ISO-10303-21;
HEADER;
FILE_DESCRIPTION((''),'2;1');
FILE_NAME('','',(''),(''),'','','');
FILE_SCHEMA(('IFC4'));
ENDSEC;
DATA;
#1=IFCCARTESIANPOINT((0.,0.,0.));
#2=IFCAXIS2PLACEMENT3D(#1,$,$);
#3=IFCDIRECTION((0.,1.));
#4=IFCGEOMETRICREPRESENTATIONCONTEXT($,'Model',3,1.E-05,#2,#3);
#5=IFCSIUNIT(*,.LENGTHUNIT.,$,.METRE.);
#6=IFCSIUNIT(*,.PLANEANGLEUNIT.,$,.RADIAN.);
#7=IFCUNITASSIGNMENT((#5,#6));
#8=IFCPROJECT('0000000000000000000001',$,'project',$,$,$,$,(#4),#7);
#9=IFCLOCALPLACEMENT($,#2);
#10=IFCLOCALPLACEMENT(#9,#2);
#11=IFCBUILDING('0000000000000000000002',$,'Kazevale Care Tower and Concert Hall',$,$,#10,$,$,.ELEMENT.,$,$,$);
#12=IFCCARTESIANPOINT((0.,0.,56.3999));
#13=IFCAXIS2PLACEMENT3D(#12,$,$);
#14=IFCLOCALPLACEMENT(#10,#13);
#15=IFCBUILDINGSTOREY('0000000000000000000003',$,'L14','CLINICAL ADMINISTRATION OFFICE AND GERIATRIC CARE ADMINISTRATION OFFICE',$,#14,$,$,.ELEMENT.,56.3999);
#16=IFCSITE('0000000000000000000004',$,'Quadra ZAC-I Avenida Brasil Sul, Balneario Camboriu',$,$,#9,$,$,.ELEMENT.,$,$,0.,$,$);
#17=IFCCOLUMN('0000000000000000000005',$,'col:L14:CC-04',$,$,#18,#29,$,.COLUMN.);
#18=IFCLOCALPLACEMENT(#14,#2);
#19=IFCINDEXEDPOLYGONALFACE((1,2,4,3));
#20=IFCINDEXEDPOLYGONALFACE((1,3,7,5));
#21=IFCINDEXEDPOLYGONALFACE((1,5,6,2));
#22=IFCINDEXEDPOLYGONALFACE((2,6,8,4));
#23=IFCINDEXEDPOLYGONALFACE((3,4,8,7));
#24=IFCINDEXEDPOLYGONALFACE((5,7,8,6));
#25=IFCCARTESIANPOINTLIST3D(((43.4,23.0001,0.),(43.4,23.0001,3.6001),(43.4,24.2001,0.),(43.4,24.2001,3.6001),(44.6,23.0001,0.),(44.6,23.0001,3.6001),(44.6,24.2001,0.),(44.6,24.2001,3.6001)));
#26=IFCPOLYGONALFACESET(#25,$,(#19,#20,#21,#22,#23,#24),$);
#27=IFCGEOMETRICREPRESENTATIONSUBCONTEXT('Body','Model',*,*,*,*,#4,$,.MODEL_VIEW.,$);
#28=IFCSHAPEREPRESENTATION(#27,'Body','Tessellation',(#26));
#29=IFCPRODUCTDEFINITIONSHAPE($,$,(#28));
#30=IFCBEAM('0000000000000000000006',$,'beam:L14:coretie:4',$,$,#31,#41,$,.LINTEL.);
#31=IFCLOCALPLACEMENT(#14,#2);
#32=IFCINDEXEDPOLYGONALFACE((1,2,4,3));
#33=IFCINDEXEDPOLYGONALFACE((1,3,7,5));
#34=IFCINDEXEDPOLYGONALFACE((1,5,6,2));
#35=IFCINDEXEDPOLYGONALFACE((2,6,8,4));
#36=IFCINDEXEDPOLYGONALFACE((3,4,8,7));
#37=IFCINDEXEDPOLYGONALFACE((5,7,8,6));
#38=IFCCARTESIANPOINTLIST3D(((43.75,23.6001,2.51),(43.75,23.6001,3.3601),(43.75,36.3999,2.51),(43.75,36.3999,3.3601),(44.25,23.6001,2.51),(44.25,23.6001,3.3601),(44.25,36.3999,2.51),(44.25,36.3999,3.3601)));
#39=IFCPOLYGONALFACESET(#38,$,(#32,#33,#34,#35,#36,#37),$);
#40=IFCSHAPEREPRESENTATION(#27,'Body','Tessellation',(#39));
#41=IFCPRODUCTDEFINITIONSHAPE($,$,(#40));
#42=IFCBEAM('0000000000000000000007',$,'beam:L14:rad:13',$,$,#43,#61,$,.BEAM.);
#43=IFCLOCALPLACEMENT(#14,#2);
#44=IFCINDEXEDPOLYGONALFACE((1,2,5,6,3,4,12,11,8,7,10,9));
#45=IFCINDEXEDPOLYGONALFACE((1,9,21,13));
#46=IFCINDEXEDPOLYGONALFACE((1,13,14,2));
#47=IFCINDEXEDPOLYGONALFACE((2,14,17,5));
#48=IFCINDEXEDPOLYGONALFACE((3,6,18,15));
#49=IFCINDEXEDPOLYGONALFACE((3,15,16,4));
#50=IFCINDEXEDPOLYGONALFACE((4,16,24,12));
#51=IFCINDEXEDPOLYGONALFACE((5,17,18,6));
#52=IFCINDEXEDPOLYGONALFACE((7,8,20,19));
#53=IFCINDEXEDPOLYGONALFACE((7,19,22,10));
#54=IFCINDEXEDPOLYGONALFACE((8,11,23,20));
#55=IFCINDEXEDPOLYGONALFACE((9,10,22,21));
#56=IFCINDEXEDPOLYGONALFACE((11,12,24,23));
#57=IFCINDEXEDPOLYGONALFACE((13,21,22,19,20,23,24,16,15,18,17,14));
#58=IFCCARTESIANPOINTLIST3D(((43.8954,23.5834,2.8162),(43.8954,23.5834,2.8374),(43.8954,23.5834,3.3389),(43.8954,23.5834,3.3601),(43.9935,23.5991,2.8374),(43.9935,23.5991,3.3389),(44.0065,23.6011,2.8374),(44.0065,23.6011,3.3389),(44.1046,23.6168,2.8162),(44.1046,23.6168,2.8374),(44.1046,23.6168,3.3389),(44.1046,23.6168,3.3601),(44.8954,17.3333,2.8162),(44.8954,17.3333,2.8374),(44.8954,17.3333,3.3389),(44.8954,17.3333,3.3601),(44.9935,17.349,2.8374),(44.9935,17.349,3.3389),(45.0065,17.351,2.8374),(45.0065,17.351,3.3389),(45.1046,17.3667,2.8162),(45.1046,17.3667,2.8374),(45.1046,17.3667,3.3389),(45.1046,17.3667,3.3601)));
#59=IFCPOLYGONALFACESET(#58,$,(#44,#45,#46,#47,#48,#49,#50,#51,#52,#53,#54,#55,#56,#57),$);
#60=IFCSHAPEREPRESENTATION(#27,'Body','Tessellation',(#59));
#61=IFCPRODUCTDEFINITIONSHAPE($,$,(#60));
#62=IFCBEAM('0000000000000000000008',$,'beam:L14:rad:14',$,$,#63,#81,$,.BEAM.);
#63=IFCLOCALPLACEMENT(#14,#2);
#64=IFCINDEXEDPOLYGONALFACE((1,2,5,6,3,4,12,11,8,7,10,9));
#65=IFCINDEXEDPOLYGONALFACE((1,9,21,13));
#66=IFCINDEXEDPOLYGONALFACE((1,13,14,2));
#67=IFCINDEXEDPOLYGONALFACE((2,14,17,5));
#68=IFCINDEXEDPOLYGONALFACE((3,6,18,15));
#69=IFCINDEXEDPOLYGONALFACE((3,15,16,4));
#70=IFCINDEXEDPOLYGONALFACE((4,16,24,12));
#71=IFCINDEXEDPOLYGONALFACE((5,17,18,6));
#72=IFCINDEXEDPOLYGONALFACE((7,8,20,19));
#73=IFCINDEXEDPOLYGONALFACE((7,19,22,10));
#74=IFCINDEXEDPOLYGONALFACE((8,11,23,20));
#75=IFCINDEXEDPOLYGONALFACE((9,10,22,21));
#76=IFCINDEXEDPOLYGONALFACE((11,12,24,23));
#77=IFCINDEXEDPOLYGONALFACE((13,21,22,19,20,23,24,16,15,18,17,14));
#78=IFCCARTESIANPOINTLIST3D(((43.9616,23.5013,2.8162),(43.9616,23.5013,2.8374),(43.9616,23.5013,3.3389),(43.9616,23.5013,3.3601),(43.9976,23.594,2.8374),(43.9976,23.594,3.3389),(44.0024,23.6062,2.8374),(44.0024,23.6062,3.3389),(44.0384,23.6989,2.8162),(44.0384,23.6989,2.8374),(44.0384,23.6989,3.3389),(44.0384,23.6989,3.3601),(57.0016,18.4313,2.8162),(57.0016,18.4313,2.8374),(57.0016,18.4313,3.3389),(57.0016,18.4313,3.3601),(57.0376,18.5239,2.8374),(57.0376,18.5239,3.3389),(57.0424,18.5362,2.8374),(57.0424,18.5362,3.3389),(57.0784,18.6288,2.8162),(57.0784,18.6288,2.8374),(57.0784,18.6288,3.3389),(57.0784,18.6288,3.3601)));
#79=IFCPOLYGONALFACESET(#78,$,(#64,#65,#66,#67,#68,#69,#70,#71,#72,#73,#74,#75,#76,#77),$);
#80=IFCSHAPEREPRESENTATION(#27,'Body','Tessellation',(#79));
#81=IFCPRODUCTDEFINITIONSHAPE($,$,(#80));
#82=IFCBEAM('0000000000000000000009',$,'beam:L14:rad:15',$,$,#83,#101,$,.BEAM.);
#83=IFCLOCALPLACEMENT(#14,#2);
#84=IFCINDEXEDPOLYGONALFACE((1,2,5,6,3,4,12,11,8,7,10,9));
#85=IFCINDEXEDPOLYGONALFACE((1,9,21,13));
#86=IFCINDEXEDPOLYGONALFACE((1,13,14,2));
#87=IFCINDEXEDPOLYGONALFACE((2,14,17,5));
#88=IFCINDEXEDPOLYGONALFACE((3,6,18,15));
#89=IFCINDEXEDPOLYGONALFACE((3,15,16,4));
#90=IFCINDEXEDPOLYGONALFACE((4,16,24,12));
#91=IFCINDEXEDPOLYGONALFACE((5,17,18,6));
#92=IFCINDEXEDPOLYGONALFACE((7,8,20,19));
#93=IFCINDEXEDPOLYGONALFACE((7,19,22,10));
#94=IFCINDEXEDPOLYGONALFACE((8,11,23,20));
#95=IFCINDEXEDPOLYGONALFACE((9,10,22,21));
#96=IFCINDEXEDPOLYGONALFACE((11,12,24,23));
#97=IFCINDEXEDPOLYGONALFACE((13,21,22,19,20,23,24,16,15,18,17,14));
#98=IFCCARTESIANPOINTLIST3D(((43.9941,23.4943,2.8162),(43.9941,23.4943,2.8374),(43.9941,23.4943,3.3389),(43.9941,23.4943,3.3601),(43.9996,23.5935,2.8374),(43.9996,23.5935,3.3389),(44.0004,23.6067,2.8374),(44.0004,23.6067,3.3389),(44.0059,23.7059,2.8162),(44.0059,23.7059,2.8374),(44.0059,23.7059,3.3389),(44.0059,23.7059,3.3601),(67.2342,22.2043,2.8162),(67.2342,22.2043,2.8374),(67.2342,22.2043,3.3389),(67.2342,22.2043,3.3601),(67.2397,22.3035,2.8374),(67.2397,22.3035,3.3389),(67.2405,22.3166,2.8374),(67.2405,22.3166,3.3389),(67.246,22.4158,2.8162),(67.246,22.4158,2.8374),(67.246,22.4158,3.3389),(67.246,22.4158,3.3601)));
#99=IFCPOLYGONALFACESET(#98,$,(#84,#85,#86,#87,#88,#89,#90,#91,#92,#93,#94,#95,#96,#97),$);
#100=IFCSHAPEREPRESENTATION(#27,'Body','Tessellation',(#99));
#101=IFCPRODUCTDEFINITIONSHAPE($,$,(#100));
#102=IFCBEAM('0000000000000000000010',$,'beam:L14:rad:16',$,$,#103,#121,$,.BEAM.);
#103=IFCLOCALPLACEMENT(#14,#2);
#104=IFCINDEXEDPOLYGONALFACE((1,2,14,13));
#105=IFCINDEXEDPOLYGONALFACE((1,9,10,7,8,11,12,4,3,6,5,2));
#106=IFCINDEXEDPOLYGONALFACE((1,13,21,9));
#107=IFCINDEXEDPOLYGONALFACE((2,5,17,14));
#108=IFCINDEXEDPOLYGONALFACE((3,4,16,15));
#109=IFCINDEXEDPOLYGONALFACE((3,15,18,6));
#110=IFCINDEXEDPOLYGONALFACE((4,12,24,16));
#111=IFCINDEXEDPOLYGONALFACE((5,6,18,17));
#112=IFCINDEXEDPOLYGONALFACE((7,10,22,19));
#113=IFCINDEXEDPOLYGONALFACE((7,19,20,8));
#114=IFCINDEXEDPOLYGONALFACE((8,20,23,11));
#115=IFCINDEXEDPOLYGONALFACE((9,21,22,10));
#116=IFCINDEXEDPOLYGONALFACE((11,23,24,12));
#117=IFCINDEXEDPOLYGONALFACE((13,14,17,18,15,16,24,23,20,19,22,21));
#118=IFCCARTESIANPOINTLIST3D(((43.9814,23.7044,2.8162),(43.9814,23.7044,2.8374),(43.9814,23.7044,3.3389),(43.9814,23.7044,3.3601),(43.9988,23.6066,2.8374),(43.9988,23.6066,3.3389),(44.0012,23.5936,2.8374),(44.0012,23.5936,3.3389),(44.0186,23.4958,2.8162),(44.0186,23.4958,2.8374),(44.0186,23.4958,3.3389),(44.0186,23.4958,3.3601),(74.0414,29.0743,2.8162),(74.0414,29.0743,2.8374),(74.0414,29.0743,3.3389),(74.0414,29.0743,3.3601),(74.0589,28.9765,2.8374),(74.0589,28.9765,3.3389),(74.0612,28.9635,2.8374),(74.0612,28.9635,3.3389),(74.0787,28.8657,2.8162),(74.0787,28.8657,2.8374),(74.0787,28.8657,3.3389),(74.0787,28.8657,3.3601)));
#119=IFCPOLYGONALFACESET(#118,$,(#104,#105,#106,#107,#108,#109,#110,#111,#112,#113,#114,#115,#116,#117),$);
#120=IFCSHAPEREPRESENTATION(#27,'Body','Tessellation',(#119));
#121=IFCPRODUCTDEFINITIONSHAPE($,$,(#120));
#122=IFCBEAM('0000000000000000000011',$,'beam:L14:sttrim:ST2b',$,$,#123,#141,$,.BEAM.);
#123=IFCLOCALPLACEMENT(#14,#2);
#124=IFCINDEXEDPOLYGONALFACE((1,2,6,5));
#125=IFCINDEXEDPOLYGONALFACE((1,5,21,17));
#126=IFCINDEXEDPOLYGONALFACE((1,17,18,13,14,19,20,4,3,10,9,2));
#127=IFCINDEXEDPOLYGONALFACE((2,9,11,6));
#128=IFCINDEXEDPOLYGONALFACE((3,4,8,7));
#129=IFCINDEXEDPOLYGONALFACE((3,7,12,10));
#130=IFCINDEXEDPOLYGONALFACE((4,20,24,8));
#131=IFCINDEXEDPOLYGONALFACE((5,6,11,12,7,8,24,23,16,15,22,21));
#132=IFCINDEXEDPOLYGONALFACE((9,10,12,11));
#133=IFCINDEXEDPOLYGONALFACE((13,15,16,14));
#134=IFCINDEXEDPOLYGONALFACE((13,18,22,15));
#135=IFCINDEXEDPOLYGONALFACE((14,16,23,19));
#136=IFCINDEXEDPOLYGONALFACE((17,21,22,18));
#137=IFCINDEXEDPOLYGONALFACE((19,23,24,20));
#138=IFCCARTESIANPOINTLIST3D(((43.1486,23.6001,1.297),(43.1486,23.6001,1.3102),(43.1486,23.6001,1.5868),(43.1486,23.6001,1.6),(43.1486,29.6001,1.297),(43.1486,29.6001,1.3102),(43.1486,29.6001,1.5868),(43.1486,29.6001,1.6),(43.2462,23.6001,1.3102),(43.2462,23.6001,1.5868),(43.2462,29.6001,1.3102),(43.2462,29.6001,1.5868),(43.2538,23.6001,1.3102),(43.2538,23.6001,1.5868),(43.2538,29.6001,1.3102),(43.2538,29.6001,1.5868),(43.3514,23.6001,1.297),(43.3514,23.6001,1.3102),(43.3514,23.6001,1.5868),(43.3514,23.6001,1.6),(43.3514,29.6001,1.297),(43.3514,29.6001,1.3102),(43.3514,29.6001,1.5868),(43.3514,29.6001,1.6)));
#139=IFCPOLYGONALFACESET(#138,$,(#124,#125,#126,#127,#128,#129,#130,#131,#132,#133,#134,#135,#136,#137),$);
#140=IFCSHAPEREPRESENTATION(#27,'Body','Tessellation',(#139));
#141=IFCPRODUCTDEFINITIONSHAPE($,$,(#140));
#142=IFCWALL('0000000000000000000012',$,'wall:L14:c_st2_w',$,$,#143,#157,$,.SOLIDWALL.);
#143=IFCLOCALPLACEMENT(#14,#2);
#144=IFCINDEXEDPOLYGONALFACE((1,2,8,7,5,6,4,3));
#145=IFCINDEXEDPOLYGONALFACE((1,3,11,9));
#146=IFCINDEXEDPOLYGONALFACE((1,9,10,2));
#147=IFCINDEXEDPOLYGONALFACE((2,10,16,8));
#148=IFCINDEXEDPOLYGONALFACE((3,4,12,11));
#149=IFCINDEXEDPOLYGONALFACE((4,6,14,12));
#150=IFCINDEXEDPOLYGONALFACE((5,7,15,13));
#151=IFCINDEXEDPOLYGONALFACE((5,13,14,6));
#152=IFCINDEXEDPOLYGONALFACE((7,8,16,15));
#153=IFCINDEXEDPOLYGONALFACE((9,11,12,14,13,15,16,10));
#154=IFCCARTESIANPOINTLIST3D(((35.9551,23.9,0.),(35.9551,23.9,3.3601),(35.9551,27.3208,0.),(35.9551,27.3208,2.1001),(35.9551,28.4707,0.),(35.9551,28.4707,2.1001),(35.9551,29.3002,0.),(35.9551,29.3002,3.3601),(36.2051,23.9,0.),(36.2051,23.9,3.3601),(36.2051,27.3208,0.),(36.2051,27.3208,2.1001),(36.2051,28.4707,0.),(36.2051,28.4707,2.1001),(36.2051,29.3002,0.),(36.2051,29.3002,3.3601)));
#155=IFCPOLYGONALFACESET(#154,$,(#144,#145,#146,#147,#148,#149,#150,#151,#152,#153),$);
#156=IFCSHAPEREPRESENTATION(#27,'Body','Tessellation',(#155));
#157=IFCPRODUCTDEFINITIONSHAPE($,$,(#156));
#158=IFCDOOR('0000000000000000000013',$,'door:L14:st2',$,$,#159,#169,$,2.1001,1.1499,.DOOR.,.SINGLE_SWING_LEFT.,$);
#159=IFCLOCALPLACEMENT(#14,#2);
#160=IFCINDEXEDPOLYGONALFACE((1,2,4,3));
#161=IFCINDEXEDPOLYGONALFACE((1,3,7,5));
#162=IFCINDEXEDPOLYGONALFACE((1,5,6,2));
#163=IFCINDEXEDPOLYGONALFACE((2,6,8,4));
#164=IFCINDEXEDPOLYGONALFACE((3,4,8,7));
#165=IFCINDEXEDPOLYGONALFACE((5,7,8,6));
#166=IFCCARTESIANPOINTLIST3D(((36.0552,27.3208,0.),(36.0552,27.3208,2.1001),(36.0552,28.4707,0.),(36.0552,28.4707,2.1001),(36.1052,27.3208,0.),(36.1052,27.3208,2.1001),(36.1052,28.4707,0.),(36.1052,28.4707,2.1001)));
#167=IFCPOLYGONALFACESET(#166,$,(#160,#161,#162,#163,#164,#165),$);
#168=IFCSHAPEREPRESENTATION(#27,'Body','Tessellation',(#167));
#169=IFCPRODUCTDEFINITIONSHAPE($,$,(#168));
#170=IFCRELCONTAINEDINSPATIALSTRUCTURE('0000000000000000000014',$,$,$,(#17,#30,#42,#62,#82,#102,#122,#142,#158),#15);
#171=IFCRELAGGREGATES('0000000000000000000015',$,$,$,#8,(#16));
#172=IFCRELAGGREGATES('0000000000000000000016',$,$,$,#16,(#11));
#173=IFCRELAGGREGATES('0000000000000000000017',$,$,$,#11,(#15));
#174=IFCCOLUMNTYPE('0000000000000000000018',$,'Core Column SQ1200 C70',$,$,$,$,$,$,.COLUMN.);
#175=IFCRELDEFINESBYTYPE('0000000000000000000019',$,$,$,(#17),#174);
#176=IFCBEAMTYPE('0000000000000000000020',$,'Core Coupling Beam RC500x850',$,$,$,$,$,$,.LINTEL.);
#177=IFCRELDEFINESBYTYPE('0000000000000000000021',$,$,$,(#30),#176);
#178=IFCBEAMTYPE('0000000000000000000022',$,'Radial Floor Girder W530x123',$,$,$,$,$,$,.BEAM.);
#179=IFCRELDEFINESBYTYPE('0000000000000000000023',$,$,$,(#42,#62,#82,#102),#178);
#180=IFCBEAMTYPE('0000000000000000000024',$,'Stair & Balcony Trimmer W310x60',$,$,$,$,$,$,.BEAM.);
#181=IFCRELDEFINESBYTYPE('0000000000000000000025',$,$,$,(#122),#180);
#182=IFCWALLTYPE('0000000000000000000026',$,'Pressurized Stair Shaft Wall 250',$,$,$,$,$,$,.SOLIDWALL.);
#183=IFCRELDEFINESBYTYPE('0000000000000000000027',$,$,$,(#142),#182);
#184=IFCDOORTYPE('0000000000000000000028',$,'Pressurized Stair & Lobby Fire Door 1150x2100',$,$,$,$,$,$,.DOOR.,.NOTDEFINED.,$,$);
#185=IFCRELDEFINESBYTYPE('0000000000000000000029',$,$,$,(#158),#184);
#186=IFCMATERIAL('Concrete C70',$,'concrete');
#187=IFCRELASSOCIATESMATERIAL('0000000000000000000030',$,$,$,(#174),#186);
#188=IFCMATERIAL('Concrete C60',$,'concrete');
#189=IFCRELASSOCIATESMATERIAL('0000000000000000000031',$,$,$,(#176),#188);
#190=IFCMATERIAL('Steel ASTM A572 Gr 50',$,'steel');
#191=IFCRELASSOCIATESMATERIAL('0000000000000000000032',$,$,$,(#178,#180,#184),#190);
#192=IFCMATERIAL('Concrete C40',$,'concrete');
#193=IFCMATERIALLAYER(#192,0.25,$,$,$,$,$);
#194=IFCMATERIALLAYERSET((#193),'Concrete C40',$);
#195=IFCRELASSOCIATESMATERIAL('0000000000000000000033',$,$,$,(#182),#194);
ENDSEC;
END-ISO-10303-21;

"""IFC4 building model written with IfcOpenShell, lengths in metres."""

from ifc_helpers import new_model, si_unit, direction, frame, frame_2d, origin, origin_2d, place, context, subcontext, project, spatial, rectangle, i_section, extrude, material, layer, layer_set, material_profile, profile_set, type_object, element, fill, save


model = new_model("IFC4")

# Units and contexts
model_context = context("Model", 3, precision=1e-05, world=origin(), true_north=direction((0.0, 1.0)))
body_context = subcontext(model_context, "Body", "Model", "MODEL_VIEW")
ifc_project = project(units=[si_unit("LENGTHUNIT", "METRE"), si_unit("PLANEANGLEUNIT", "RADIAN")], contexts=[model_context])

# Site, building, storey
site_placement = place(None, origin())
site = spatial("IfcSite", under=ifc_project, at=site_placement, Name="Quadra ZAC-I Avenida Brasil Sul, Balneario Camboriu", CompositionType="ELEMENT", RefElevation=0.0)
building_placement = place(site_placement, origin())
building = spatial("IfcBuilding", under=site, at=building_placement, Name="Kazevale Care Tower and Concert Hall", CompositionType="ELEMENT")
storey_placement = place(building_placement, frame((0.0, 0.0, 56.3999)))
storey = spatial("IfcBuildingStorey", under=building, at=storey_placement, Name="L14", Description="CLINICAL ADMINISTRATION OFFICE AND GERIATRIC CARE ADMINISTRATION OFFICE", CompositionType="ELEMENT", Elevation=56.3999)

# Column
ifc_material_1 = material(Name="Concrete C70", Category="concrete")
ifc_material_profile_1 = material_profile(ifc_material_1, rectangle(XDim=1.2, YDim=1.2, at=origin_2d()), Name="RC-SQ1200")
ifc_profile_set_1 = profile_set([ifc_material_profile_1], Name="Concrete C70")
column_type = type_object("IfcColumnType", Name="Core Column SQ1200 C70", PredefinedType="COLUMN", material=ifc_profile_set_1)
column_placement = place(storey_placement, frame((44.0, 23.6001, 0.0), z_axis=(0.0, 0.0, 1.0), x_axis=(1.0, 0.0, 0.0)))
element("IfcColumn", 1, at=column_placement, inside=storey, type_object=column_type, Name="col:L14:CC-04", PredefinedType="COLUMN", context=body_context, shape_type="SweptSolid", body=[
    extrude(rectangle(XDim=1.2, YDim=1.2, at=origin_2d()), origin(), (0.0, 0.0, 1.0), 3.6001),
])

# Beams
ifc_material_2 = material(Name="Concrete C60", Category="concrete")
ifc_material_profile_2 = material_profile(ifc_material_2, rectangle(XDim=0.5, YDim=0.8501, at=origin_2d()), Name="RC-B500x850")
ifc_profile_set_2 = profile_set([ifc_material_profile_2], Name="Concrete C60")
beam_type_1 = type_object("IfcBeamType", Name="Core Coupling Beam RC500x850", PredefinedType="LINTEL", material=ifc_profile_set_2)
beam_1_placement = place(storey_placement, frame((44.0, 23.6001, 2.9351), z_axis=(0.0, 1.0, 0.0), x_axis=(-1.0, 0.0, 0.0)))
element("IfcBeam", 2, at=beam_1_placement, inside=storey, type_object=beam_type_1, Name="beam:L14:coretie:4", PredefinedType="LINTEL", context=body_context, shape_type="SweptSolid", body=[
    extrude(rectangle(XDim=0.5, YDim=0.8501, at=origin_2d()), origin(), (0.0, 0.0, 1.0), 12.7998),
])
ifc_material_3 = material(Name="Steel ASTM A572 Gr 50", Category="steel")
ifc_material_profile_3 = material_profile(ifc_material_3, i_section(OverallWidth=0.2119, OverallDepth=0.5439, WebThickness=0.0132, FlangeThickness=0.0212, at=origin_2d()), Name="W530x123")
ifc_profile_set_3 = profile_set([ifc_material_profile_3], Name="Steel ASTM A572 Gr 50")
beam_type_2 = type_object("IfcBeamType", Name="Radial Floor Girder W530x123", PredefinedType="BEAM", material=ifc_profile_set_3)
beam_2_placement = place(storey_placement, frame((44.0, 23.6001, 3.0881), z_axis=(0.157991, -0.987441, 0.0), x_axis=(0.987441, 0.157991, 0.0)))
element("IfcBeam", 3, at=beam_2_placement, inside=storey, type_object=beam_type_2, Name="beam:L14:rad:13", PredefinedType="BEAM", context=body_context, shape_type="SweptSolid", body=[
    extrude(i_section(OverallWidth=0.2119, OverallDepth=0.5439, WebThickness=0.0132, FlangeThickness=0.0212, at=origin_2d()), origin(), (0.0, 0.0, 1.0), 6.3296),
])
beam_3_placement = place(storey_placement, frame((44.0, 23.6001, 3.0881), z_axis=(0.93203, -0.362381, 0.0), x_axis=(0.362381, 0.93203, 0.0)))
element("IfcBeam", 4, at=beam_3_placement, inside=storey, type_object=beam_type_2, Name="beam:L14:rad:14", PredefinedType="BEAM", context=body_context, shape_type="SweptSolid", body=[
    extrude(i_section(OverallWidth=0.2119, OverallDepth=0.5439, WebThickness=0.0132, FlangeThickness=0.0212, at=origin_2d()), origin(), (0.0, 0.0, 1.0), 13.991),
])
beam_4_placement = place(storey_placement, frame((44.0, 23.6001, 3.0881), z_axis=(0.998463, -0.055424, 0.0), x_axis=(0.055424, 0.998463, 0.0)))
element("IfcBeam", 5, at=beam_4_placement, inside=storey, type_object=beam_type_2, Name="beam:L14:rad:15", PredefinedType="BEAM", context=body_context, shape_type="SweptSolid", body=[
    extrude(i_section(OverallWidth=0.2119, OverallDepth=0.5439, WebThickness=0.0132, FlangeThickness=0.0212, at=origin_2d()), origin(), (0.0, 0.0, 1.0), 23.2759),
])
beam_5_placement = place(storey_placement, frame((44.0, 23.6001, 3.0881), z_axis=(0.984416, 0.175854, 0.0), x_axis=(-0.175854, 0.984416, 0.0)))
element("IfcBeam", 6, at=beam_5_placement, inside=storey, type_object=beam_type_2, Name="beam:L14:rad:16", PredefinedType="BEAM", context=body_context, shape_type="SweptSolid", body=[
    extrude(i_section(OverallWidth=0.2119, OverallDepth=0.5439, WebThickness=0.0132, FlangeThickness=0.0212, at=origin_2d()), origin(), (0.0, 0.0, 1.0), 30.5359),
])
ifc_material_profile_4 = material_profile(ifc_material_3, i_section(OverallWidth=0.2029, OverallDepth=0.303, WebThickness=0.0076, FlangeThickness=0.0132, at=origin_2d()), Name="W310x60")
ifc_profile_set_4 = profile_set([ifc_material_profile_4], Name="Steel ASTM A572 Gr 50")
beam_type_3 = type_object("IfcBeamType", Name="Stair & Balcony Trimmer W310x60", PredefinedType="BEAM", material=ifc_profile_set_4)
beam_6_placement = place(storey_placement, frame((43.25, 23.6001, 1.4485), z_axis=(0.0, 1.0, 0.0), x_axis=(-1.0, 0.0, 0.0)))
element("IfcBeam", 7, at=beam_6_placement, inside=storey, type_object=beam_type_3, Name="beam:L14:sttrim:ST2b", PredefinedType="BEAM", context=body_context, shape_type="SweptSolid", body=[
    extrude(i_section(OverallWidth=0.2029, OverallDepth=0.303, WebThickness=0.0076, FlangeThickness=0.0132, at=origin_2d()), origin(), (0.0, 0.0, 1.0), 6.0),
])

# Wall, opening, door
ifc_material_4 = material(Name="Concrete C40", Category="concrete")
ifc_layer_1 = layer(ifc_material_4, 0.25)
ifc_layer_set_1 = layer_set([ifc_layer_1], Name="Concrete C40")
wall_type_1 = type_object("IfcWallType", Name="Pressurized Stair Shaft Wall 250", PredefinedType="SOLIDWALL", material=ifc_layer_set_1)
wall_1_placement = place(storey_placement, frame((36.0801, 23.8999, 0.0), z_axis=(0.0, 0.0, 1.0), x_axis=(0.0, 1.0, 0.0)))
wall_1 = element("IfcWall", 8, at=wall_1_placement, inside=storey, type_object=wall_type_1, Name="wall:L14:c_st2_w", PredefinedType="SOLIDWALL", context=body_context, shape_type="SweptSolid", body=[
    extrude(rectangle(XDim=5.4001, YDim=0.25, at=frame_2d((2.7002, 0.0))), origin(), (0.0, 0.0, 1.0), 3.3601),
])
opening_1_placement = place(wall_1_placement, frame((3.4209, 0.0, 0.0)))
opening_1 = element("IfcOpeningElement", 9, at=opening_1_placement, cuts=wall_1, PredefinedType="OPENING", context=body_context, shape_type="SweptSolid", body=[
    extrude(rectangle(XDim=1.1499, YDim=2.1001, at=frame_2d((0.575, 1.05))), frame((0.0, 0.135, 0.0), z_axis=(0.0, -1.0, 0.0), x_axis=(1.0, 0.0, 0.0)), (0.0, 0.0, 1.0), 0.27),
])
door_type_1 = type_object("IfcDoorType", Name="Pressurized Stair & Lobby Fire Door 1150x2100", OperationType="NOTDEFINED", PredefinedType="DOOR", material=ifc_material_3)
door_1_placement = place(opening_1_placement, origin())
door_1 = element("IfcDoor", 10, at=door_1_placement, inside=storey, type_object=door_type_1, Name="door:L14:st2", OperationType="SINGLE_SWING_LEFT", OverallHeight=2.1001, OverallWidth=1.1499, PredefinedType="DOOR", context=body_context, shape_type="SweptSolid", body=[
    extrude(rectangle(XDim=1.1499, YDim=2.1001, at=frame_2d((0.575, 1.05))), frame((0.0, 0.0249, 0.0), z_axis=(0.0, -1.0, 0.0), x_axis=(1.0, 0.0, 0.0)), (0.0, 0.0, 1.0), 0.05),
])
fill(opening_1, door_1)

save(model, "model.ifc")
